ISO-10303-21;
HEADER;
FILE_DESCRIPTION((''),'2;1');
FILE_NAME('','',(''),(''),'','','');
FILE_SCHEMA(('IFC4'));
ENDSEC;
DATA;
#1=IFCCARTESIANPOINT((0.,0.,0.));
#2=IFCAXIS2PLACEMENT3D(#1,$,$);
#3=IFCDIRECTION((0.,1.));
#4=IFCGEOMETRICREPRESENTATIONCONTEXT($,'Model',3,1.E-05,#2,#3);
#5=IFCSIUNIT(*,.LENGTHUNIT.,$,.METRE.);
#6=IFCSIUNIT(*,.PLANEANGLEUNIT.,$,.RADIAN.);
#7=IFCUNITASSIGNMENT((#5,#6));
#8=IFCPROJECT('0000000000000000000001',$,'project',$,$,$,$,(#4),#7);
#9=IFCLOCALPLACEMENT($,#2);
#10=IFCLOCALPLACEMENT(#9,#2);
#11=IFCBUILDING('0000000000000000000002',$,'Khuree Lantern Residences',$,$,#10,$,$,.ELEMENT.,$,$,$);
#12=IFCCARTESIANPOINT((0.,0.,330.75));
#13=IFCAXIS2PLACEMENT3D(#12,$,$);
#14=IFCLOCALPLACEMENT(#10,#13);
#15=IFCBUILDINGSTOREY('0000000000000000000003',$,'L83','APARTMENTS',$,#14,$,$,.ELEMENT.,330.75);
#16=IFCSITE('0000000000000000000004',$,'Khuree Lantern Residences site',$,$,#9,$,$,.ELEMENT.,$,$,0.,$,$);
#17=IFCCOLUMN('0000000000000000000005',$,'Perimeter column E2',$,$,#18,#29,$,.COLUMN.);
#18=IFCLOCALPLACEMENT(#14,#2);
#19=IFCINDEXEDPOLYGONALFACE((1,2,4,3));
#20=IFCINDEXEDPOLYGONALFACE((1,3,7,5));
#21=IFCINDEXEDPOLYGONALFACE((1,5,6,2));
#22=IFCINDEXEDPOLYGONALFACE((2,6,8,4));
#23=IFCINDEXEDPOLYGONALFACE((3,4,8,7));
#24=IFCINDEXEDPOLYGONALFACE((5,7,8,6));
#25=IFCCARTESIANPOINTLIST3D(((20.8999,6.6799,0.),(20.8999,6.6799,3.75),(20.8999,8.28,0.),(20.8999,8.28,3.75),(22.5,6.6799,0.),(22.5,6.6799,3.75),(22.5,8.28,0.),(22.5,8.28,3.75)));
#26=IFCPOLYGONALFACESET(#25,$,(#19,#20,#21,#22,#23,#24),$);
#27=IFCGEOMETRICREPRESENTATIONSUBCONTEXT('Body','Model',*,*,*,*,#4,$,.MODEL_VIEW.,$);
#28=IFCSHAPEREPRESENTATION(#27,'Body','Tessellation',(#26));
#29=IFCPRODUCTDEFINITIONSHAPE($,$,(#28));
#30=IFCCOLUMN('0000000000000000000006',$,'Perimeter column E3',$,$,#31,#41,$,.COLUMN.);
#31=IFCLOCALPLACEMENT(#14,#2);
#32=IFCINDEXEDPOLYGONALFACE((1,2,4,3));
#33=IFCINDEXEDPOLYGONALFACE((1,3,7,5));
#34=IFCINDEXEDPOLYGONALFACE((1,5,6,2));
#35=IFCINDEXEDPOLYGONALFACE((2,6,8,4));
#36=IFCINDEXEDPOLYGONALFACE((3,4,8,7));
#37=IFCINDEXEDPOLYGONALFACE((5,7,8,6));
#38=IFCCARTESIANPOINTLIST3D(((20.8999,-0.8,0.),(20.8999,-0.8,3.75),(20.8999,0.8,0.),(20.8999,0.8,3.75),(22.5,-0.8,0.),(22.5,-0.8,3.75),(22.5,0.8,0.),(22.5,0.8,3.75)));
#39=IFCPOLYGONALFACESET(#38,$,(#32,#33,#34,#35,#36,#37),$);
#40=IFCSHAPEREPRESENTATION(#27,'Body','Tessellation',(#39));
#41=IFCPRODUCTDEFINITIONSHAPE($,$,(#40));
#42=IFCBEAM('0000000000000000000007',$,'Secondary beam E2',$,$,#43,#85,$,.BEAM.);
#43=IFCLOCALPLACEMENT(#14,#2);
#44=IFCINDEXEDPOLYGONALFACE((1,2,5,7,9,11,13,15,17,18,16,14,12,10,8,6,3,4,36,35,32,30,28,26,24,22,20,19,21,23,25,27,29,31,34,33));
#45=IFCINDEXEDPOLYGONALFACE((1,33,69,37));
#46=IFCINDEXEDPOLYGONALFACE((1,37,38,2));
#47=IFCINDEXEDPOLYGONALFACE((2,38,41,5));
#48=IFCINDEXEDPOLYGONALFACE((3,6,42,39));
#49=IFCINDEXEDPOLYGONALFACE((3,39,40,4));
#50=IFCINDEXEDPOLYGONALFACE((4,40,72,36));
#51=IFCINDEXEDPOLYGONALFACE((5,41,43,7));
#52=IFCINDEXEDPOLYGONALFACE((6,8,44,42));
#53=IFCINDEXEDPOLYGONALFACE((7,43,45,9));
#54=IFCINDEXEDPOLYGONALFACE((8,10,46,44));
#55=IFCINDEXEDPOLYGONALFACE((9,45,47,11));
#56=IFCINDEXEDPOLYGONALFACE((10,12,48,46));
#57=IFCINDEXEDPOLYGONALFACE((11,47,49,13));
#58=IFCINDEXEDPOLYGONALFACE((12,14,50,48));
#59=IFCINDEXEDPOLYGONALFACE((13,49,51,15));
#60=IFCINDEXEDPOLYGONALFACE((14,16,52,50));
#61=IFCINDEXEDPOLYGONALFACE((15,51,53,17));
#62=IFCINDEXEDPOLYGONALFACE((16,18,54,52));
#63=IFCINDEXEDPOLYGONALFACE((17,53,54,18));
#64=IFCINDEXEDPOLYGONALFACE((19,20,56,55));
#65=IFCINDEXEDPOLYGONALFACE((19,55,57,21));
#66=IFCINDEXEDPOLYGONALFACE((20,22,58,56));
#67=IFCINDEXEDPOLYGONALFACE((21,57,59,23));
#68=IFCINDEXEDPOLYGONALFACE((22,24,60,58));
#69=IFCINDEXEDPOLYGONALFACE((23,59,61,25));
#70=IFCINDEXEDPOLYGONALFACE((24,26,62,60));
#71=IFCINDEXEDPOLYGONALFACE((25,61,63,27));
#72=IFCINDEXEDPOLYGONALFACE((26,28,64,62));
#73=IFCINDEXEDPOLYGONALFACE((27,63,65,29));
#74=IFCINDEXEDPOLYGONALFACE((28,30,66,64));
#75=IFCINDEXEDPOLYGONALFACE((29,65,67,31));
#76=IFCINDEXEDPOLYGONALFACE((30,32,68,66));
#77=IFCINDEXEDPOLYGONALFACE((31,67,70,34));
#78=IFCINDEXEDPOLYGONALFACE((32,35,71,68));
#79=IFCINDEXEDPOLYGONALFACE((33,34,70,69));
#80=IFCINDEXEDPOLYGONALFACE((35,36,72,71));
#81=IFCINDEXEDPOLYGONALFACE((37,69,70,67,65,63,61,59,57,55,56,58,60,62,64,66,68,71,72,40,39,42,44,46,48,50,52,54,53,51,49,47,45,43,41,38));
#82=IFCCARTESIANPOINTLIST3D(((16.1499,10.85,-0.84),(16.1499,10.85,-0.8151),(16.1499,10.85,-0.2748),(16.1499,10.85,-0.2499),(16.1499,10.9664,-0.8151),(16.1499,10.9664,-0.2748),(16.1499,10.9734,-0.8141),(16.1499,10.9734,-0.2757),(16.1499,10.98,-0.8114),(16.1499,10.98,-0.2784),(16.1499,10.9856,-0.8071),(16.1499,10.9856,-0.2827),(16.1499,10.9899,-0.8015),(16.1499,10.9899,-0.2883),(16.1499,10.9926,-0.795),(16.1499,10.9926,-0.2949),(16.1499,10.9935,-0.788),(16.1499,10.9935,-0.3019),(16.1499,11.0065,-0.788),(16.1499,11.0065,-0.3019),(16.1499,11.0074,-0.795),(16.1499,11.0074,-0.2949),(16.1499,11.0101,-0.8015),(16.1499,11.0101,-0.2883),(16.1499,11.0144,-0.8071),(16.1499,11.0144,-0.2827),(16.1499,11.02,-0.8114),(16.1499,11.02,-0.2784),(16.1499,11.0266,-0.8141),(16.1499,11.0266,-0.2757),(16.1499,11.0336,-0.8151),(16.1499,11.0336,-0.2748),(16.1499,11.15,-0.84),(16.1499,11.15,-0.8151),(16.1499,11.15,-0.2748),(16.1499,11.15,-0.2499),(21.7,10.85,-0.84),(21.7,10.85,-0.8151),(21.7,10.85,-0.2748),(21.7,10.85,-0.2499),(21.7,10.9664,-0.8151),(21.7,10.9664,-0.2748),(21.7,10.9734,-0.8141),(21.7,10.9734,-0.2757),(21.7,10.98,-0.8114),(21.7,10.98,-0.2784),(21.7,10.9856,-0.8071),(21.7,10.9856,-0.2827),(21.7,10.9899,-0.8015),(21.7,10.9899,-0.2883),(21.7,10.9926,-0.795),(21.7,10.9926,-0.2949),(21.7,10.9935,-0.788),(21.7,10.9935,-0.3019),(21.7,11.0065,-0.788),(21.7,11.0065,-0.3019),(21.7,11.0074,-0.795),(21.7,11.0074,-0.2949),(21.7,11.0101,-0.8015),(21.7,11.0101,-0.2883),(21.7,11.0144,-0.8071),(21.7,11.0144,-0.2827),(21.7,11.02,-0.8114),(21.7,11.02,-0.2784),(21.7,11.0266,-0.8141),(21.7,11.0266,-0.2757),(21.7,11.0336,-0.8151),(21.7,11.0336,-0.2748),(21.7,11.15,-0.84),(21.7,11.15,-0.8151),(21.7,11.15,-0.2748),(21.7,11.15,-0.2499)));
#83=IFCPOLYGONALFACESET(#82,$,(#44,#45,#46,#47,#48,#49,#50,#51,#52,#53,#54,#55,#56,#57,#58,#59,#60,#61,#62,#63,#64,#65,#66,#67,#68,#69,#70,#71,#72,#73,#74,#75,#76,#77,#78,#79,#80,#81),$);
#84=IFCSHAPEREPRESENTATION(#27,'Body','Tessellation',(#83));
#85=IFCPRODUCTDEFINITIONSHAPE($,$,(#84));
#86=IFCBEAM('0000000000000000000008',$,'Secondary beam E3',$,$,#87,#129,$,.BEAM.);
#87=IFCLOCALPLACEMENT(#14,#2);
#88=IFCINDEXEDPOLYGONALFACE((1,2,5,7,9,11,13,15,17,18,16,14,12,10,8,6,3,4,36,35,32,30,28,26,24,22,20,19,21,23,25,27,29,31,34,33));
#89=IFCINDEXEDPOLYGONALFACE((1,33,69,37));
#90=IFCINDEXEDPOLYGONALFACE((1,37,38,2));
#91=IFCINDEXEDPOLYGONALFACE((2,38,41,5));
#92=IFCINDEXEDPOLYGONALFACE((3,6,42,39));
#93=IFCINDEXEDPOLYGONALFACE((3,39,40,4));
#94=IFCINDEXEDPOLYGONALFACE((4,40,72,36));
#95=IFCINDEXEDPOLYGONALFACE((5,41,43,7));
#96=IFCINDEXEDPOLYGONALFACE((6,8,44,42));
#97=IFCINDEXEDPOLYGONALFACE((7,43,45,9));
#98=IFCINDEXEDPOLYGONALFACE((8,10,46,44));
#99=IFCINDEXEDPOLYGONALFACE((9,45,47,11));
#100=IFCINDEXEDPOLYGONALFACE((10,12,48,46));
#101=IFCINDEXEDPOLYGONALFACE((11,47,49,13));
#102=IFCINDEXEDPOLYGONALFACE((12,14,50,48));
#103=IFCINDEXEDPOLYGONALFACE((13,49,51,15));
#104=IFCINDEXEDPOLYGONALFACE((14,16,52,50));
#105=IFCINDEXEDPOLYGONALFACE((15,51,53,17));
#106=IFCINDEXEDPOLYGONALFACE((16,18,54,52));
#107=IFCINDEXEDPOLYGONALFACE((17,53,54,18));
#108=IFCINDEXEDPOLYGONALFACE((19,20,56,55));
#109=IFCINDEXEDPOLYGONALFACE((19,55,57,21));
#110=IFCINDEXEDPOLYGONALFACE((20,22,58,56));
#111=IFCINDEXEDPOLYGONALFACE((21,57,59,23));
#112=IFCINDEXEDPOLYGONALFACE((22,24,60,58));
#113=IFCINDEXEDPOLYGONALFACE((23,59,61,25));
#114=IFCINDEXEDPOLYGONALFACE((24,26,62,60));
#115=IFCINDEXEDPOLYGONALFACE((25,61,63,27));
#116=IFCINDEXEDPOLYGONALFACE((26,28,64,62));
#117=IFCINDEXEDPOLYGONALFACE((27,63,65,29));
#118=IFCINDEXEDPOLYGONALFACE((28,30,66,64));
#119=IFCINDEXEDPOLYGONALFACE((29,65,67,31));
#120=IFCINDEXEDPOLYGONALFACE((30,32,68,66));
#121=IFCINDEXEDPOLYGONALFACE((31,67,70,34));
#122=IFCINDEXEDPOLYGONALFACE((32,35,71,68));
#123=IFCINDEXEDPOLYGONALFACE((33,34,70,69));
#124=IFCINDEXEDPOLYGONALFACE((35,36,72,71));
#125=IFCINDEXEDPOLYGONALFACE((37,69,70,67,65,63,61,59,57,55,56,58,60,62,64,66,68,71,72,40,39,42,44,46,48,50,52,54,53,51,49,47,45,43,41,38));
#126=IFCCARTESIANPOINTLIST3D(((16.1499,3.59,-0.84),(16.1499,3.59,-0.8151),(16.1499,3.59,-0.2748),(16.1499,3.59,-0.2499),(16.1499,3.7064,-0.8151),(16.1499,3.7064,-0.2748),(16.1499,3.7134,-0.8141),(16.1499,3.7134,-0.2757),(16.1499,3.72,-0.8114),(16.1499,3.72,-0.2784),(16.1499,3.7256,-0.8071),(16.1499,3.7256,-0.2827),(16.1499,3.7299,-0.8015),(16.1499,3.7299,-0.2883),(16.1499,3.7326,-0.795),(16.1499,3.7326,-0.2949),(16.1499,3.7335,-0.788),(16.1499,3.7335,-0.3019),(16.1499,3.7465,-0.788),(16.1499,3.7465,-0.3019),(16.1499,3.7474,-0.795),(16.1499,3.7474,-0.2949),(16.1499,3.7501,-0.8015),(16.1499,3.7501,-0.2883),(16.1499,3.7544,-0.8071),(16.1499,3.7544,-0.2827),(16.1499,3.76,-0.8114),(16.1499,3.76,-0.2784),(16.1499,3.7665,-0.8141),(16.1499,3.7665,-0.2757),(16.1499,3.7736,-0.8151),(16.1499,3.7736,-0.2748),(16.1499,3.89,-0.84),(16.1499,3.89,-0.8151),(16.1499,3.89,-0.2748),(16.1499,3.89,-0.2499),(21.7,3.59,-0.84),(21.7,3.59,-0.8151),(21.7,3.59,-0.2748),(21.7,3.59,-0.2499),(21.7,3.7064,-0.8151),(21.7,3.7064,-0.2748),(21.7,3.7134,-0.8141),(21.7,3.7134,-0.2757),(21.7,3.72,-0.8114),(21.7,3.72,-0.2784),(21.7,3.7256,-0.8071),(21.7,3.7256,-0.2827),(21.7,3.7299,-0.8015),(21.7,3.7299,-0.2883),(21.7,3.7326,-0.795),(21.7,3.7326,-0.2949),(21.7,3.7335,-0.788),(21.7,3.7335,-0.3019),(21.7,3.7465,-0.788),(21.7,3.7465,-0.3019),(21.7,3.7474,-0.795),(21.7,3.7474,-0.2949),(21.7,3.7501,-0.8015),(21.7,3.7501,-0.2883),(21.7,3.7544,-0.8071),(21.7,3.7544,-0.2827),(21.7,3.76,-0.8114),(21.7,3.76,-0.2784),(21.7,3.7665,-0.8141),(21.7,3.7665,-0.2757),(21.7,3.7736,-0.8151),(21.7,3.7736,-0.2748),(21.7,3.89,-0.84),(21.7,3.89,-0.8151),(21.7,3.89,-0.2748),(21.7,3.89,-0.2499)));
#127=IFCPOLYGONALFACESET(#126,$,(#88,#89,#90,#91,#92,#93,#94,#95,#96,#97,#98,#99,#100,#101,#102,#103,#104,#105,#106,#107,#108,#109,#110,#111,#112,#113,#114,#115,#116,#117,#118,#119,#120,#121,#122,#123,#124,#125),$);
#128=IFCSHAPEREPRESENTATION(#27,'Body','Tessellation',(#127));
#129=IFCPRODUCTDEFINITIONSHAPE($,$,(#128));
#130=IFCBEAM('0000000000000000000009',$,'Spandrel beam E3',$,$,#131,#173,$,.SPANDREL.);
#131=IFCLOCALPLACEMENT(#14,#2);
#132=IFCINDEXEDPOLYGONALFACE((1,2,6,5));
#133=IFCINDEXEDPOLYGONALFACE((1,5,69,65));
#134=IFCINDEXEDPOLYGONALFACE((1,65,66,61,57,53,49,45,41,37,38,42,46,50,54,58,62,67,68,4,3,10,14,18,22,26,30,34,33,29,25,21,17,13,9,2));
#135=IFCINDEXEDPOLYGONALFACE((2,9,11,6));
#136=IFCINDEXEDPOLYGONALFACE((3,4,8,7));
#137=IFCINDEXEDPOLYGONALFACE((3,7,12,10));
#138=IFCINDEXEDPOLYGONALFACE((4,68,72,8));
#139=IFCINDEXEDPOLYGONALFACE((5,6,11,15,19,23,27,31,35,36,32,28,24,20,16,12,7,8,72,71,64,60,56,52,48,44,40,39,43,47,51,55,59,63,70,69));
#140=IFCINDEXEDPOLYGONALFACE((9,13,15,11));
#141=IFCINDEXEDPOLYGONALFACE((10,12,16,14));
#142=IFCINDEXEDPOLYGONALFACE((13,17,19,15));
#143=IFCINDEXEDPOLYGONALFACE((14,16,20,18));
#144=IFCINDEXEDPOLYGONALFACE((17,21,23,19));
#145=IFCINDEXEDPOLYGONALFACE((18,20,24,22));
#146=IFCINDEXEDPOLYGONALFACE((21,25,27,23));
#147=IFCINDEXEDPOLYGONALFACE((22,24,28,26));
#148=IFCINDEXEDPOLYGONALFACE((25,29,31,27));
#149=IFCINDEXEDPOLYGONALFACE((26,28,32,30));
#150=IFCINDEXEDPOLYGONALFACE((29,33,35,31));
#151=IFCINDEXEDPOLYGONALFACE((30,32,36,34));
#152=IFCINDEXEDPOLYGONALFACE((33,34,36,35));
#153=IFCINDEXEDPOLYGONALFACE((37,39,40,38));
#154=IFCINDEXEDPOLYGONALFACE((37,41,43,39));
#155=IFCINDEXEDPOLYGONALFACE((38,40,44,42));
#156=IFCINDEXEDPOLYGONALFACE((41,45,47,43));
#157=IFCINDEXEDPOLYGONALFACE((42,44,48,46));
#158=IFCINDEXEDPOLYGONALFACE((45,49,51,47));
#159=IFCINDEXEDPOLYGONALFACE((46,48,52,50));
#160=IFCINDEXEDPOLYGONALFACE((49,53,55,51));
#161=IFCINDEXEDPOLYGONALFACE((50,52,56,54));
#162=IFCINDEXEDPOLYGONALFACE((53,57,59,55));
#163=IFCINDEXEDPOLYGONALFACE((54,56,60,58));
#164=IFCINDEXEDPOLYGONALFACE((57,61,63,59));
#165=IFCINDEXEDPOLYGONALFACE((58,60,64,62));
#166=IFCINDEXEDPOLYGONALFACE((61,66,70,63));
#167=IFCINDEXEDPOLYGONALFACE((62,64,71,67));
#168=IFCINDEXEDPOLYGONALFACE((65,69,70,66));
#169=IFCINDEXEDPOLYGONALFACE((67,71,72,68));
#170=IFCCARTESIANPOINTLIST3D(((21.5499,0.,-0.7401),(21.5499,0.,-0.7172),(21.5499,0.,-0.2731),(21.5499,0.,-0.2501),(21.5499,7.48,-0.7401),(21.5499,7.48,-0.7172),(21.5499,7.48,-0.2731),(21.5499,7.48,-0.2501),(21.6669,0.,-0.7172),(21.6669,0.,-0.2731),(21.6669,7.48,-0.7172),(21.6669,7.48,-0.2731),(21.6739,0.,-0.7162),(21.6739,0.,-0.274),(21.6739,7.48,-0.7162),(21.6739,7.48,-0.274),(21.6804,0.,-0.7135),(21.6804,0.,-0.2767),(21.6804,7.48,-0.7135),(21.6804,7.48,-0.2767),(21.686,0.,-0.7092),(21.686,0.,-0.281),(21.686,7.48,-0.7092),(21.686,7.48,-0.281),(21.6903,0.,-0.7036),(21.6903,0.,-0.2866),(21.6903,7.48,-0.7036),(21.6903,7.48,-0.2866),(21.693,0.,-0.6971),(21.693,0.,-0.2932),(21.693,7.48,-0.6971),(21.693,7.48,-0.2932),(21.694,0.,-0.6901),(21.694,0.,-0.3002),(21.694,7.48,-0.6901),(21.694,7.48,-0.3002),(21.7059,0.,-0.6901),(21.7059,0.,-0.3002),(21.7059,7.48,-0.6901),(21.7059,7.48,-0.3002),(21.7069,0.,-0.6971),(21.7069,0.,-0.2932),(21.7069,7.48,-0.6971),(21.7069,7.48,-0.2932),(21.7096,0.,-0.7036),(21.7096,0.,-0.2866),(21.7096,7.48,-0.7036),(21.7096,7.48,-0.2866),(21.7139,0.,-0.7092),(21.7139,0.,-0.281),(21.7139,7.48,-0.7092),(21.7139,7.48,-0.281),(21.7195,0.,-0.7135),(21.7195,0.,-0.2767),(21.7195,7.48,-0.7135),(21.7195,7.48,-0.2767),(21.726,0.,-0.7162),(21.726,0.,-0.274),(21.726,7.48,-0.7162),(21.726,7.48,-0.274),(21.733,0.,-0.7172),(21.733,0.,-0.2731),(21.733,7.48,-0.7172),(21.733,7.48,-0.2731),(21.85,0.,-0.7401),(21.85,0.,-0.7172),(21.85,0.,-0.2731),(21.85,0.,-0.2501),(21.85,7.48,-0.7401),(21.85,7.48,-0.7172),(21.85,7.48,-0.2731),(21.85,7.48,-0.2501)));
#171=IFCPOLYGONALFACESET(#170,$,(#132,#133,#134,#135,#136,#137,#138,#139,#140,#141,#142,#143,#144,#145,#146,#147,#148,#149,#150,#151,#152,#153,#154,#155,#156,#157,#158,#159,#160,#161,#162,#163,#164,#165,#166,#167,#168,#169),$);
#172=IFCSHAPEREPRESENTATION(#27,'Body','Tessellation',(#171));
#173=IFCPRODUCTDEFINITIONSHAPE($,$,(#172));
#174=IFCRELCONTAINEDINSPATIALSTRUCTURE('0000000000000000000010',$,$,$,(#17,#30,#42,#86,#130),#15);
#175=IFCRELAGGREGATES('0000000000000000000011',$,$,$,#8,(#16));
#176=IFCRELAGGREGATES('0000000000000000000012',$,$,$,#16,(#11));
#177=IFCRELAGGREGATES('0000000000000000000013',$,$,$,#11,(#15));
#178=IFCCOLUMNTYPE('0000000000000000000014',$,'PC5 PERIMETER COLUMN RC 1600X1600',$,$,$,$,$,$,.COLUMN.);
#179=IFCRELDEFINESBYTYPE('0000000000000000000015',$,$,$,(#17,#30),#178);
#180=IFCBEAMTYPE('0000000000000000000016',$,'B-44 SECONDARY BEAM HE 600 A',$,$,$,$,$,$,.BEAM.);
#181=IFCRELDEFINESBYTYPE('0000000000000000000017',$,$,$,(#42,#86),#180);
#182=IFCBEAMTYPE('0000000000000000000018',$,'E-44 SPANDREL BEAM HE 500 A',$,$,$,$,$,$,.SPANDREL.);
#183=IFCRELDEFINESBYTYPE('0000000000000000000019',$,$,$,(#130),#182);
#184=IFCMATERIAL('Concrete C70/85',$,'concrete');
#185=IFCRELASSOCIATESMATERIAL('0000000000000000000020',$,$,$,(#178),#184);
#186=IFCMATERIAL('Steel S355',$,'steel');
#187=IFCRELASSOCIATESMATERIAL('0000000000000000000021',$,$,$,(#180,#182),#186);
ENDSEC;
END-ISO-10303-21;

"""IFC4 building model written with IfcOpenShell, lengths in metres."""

from ifc_helpers import new_model, si_unit, direction, frame, origin, origin_2d, place, context, subcontext, project, spatial, rectangle, i_section, extrude, material, material_profile, profile_set, type_object, element, save


model = new_model("IFC4")

# Units and contexts
model_context = context("Model", 3, precision=1e-05, world=origin(), true_north=direction((0.0, 1.0)))
body_context = subcontext(model_context, "Body", "Model", "MODEL_VIEW")
ifc_project = project(units=[si_unit("LENGTHUNIT", "METRE"), si_unit("PLANEANGLEUNIT", "RADIAN")], contexts=[model_context])

# Site, building, storey
site_placement = place(None, origin())
site = spatial("IfcSite", under=ifc_project, at=site_placement, Name="Khuree Lantern Residences site", CompositionType="ELEMENT", RefElevation=0.0)
building_placement = place(site_placement, origin())
building = spatial("IfcBuilding", under=site, at=building_placement, Name="Khuree Lantern Residences", CompositionType="ELEMENT")
storey_placement = place(building_placement, frame((0.0, 0.0, 330.75)))
storey = spatial("IfcBuildingStorey", under=building, at=storey_placement, Name="L83", Description="APARTMENTS", CompositionType="ELEMENT", Elevation=330.75)

# Columns
ifc_material_1 = material(Name="Concrete C70/85", Category="concrete")
ifc_material_profile_1 = material_profile(ifc_material_1, rectangle(XDim=1.6001, YDim=1.6001, at=origin_2d()), Name="RC 1600X1600")
ifc_profile_set_1 = profile_set([ifc_material_profile_1], Name="Concrete C70/85")
column_type = type_object("IfcColumnType", Name="PC5 PERIMETER COLUMN RC 1600X1600", PredefinedType="COLUMN", material=ifc_profile_set_1)
for number, where, z_axis, x_axis, name in (
    (1, (21.7, 7.48, 0.0), (0.0, 0.0, 1.0), (0.0, 1.0, 0.0), "Perimeter column E2"),
    (2, (21.7, 0.0, 0.0), (0.0, 0.0, 1.0), (0.0, 1.0, 0.0), "Perimeter column E3"),
):
    element("IfcColumn", number, at=place(storey_placement, frame(where, z_axis=z_axis, x_axis=x_axis)), inside=storey, type_object=column_type, Name=name, PredefinedType="COLUMN", context=body_context, shape_type="SweptSolid", body=[
        extrude(rectangle(XDim=1.6001, YDim=1.6001, at=origin_2d()), origin(), (0.0, 0.0, 1.0), 3.75),
    ])

# Beams
ifc_material_2 = material(Name="Steel S355", Category="steel")
ifc_material_profile_2 = material_profile(ifc_material_2, i_section(OverallWidth=0.3, OverallDepth=0.5901, WebThickness=0.0129, FlangeThickness=0.0249, FilletRadius=0.0271, at=origin_2d()), Name="HE 600 A")
ifc_profile_set_2 = profile_set([ifc_material_profile_2], Name="Steel S355")
beam_type_1 = type_object("IfcBeamType", Name="B-44 SECONDARY BEAM HE 600 A", PredefinedType="BEAM", material=ifc_profile_set_2)
for number, where, z_axis, x_axis, name in (
    (3, (21.7, 11.0, -0.5449), (-1.0, 0.0, 0.0), (0.0, -1.0, 0.0), "Secondary beam E2"),
    (4, (21.7, 3.74, -0.5449), (-1.0, 0.0, 0.0), (0.0, -1.0, 0.0), "Secondary beam E3"),
):
    element("IfcBeam", number, at=place(storey_placement, frame(where, z_axis=z_axis, x_axis=x_axis)), inside=storey, type_object=beam_type_1, Name=name, PredefinedType="BEAM", context=body_context, shape_type="SweptSolid", body=[
        extrude(i_section(OverallWidth=0.3, OverallDepth=0.5901, WebThickness=0.0129, FlangeThickness=0.0249, FilletRadius=0.0271, at=origin_2d()), origin(), (0.0, 0.0, 1.0), 5.55),
    ])
ifc_material_profile_3 = material_profile(ifc_material_2, i_section(OverallWidth=0.3, OverallDepth=0.49, WebThickness=0.012, FlangeThickness=0.0229, FilletRadius=0.0271, at=origin_2d()), Name="HE 500 A")
ifc_profile_set_3 = profile_set([ifc_material_profile_3], Name="Steel S355")
beam_type_2 = type_object("IfcBeamType", Name="E-44 SPANDREL BEAM HE 500 A", PredefinedType="SPANDREL", material=ifc_profile_set_3)
for number, where, z_axis, x_axis, name in (
    (5, (21.7, 7.48, -0.4951), (0.0, -1.0, 0.0), (1.0, 0.0, 0.0), "Spandrel beam E3"),
):
    element("IfcBeam", number, at=place(storey_placement, frame(where, z_axis=z_axis, x_axis=x_axis)), inside=storey, type_object=beam_type_2, Name=name, PredefinedType="SPANDREL", context=body_context, shape_type="SweptSolid", body=[
        extrude(i_section(OverallWidth=0.3, OverallDepth=0.49, WebThickness=0.012, FlangeThickness=0.0229, FilletRadius=0.0271, at=origin_2d()), origin(), (0.0, 0.0, 1.0), 7.48),
    ])

save(model, "model.ifc")
